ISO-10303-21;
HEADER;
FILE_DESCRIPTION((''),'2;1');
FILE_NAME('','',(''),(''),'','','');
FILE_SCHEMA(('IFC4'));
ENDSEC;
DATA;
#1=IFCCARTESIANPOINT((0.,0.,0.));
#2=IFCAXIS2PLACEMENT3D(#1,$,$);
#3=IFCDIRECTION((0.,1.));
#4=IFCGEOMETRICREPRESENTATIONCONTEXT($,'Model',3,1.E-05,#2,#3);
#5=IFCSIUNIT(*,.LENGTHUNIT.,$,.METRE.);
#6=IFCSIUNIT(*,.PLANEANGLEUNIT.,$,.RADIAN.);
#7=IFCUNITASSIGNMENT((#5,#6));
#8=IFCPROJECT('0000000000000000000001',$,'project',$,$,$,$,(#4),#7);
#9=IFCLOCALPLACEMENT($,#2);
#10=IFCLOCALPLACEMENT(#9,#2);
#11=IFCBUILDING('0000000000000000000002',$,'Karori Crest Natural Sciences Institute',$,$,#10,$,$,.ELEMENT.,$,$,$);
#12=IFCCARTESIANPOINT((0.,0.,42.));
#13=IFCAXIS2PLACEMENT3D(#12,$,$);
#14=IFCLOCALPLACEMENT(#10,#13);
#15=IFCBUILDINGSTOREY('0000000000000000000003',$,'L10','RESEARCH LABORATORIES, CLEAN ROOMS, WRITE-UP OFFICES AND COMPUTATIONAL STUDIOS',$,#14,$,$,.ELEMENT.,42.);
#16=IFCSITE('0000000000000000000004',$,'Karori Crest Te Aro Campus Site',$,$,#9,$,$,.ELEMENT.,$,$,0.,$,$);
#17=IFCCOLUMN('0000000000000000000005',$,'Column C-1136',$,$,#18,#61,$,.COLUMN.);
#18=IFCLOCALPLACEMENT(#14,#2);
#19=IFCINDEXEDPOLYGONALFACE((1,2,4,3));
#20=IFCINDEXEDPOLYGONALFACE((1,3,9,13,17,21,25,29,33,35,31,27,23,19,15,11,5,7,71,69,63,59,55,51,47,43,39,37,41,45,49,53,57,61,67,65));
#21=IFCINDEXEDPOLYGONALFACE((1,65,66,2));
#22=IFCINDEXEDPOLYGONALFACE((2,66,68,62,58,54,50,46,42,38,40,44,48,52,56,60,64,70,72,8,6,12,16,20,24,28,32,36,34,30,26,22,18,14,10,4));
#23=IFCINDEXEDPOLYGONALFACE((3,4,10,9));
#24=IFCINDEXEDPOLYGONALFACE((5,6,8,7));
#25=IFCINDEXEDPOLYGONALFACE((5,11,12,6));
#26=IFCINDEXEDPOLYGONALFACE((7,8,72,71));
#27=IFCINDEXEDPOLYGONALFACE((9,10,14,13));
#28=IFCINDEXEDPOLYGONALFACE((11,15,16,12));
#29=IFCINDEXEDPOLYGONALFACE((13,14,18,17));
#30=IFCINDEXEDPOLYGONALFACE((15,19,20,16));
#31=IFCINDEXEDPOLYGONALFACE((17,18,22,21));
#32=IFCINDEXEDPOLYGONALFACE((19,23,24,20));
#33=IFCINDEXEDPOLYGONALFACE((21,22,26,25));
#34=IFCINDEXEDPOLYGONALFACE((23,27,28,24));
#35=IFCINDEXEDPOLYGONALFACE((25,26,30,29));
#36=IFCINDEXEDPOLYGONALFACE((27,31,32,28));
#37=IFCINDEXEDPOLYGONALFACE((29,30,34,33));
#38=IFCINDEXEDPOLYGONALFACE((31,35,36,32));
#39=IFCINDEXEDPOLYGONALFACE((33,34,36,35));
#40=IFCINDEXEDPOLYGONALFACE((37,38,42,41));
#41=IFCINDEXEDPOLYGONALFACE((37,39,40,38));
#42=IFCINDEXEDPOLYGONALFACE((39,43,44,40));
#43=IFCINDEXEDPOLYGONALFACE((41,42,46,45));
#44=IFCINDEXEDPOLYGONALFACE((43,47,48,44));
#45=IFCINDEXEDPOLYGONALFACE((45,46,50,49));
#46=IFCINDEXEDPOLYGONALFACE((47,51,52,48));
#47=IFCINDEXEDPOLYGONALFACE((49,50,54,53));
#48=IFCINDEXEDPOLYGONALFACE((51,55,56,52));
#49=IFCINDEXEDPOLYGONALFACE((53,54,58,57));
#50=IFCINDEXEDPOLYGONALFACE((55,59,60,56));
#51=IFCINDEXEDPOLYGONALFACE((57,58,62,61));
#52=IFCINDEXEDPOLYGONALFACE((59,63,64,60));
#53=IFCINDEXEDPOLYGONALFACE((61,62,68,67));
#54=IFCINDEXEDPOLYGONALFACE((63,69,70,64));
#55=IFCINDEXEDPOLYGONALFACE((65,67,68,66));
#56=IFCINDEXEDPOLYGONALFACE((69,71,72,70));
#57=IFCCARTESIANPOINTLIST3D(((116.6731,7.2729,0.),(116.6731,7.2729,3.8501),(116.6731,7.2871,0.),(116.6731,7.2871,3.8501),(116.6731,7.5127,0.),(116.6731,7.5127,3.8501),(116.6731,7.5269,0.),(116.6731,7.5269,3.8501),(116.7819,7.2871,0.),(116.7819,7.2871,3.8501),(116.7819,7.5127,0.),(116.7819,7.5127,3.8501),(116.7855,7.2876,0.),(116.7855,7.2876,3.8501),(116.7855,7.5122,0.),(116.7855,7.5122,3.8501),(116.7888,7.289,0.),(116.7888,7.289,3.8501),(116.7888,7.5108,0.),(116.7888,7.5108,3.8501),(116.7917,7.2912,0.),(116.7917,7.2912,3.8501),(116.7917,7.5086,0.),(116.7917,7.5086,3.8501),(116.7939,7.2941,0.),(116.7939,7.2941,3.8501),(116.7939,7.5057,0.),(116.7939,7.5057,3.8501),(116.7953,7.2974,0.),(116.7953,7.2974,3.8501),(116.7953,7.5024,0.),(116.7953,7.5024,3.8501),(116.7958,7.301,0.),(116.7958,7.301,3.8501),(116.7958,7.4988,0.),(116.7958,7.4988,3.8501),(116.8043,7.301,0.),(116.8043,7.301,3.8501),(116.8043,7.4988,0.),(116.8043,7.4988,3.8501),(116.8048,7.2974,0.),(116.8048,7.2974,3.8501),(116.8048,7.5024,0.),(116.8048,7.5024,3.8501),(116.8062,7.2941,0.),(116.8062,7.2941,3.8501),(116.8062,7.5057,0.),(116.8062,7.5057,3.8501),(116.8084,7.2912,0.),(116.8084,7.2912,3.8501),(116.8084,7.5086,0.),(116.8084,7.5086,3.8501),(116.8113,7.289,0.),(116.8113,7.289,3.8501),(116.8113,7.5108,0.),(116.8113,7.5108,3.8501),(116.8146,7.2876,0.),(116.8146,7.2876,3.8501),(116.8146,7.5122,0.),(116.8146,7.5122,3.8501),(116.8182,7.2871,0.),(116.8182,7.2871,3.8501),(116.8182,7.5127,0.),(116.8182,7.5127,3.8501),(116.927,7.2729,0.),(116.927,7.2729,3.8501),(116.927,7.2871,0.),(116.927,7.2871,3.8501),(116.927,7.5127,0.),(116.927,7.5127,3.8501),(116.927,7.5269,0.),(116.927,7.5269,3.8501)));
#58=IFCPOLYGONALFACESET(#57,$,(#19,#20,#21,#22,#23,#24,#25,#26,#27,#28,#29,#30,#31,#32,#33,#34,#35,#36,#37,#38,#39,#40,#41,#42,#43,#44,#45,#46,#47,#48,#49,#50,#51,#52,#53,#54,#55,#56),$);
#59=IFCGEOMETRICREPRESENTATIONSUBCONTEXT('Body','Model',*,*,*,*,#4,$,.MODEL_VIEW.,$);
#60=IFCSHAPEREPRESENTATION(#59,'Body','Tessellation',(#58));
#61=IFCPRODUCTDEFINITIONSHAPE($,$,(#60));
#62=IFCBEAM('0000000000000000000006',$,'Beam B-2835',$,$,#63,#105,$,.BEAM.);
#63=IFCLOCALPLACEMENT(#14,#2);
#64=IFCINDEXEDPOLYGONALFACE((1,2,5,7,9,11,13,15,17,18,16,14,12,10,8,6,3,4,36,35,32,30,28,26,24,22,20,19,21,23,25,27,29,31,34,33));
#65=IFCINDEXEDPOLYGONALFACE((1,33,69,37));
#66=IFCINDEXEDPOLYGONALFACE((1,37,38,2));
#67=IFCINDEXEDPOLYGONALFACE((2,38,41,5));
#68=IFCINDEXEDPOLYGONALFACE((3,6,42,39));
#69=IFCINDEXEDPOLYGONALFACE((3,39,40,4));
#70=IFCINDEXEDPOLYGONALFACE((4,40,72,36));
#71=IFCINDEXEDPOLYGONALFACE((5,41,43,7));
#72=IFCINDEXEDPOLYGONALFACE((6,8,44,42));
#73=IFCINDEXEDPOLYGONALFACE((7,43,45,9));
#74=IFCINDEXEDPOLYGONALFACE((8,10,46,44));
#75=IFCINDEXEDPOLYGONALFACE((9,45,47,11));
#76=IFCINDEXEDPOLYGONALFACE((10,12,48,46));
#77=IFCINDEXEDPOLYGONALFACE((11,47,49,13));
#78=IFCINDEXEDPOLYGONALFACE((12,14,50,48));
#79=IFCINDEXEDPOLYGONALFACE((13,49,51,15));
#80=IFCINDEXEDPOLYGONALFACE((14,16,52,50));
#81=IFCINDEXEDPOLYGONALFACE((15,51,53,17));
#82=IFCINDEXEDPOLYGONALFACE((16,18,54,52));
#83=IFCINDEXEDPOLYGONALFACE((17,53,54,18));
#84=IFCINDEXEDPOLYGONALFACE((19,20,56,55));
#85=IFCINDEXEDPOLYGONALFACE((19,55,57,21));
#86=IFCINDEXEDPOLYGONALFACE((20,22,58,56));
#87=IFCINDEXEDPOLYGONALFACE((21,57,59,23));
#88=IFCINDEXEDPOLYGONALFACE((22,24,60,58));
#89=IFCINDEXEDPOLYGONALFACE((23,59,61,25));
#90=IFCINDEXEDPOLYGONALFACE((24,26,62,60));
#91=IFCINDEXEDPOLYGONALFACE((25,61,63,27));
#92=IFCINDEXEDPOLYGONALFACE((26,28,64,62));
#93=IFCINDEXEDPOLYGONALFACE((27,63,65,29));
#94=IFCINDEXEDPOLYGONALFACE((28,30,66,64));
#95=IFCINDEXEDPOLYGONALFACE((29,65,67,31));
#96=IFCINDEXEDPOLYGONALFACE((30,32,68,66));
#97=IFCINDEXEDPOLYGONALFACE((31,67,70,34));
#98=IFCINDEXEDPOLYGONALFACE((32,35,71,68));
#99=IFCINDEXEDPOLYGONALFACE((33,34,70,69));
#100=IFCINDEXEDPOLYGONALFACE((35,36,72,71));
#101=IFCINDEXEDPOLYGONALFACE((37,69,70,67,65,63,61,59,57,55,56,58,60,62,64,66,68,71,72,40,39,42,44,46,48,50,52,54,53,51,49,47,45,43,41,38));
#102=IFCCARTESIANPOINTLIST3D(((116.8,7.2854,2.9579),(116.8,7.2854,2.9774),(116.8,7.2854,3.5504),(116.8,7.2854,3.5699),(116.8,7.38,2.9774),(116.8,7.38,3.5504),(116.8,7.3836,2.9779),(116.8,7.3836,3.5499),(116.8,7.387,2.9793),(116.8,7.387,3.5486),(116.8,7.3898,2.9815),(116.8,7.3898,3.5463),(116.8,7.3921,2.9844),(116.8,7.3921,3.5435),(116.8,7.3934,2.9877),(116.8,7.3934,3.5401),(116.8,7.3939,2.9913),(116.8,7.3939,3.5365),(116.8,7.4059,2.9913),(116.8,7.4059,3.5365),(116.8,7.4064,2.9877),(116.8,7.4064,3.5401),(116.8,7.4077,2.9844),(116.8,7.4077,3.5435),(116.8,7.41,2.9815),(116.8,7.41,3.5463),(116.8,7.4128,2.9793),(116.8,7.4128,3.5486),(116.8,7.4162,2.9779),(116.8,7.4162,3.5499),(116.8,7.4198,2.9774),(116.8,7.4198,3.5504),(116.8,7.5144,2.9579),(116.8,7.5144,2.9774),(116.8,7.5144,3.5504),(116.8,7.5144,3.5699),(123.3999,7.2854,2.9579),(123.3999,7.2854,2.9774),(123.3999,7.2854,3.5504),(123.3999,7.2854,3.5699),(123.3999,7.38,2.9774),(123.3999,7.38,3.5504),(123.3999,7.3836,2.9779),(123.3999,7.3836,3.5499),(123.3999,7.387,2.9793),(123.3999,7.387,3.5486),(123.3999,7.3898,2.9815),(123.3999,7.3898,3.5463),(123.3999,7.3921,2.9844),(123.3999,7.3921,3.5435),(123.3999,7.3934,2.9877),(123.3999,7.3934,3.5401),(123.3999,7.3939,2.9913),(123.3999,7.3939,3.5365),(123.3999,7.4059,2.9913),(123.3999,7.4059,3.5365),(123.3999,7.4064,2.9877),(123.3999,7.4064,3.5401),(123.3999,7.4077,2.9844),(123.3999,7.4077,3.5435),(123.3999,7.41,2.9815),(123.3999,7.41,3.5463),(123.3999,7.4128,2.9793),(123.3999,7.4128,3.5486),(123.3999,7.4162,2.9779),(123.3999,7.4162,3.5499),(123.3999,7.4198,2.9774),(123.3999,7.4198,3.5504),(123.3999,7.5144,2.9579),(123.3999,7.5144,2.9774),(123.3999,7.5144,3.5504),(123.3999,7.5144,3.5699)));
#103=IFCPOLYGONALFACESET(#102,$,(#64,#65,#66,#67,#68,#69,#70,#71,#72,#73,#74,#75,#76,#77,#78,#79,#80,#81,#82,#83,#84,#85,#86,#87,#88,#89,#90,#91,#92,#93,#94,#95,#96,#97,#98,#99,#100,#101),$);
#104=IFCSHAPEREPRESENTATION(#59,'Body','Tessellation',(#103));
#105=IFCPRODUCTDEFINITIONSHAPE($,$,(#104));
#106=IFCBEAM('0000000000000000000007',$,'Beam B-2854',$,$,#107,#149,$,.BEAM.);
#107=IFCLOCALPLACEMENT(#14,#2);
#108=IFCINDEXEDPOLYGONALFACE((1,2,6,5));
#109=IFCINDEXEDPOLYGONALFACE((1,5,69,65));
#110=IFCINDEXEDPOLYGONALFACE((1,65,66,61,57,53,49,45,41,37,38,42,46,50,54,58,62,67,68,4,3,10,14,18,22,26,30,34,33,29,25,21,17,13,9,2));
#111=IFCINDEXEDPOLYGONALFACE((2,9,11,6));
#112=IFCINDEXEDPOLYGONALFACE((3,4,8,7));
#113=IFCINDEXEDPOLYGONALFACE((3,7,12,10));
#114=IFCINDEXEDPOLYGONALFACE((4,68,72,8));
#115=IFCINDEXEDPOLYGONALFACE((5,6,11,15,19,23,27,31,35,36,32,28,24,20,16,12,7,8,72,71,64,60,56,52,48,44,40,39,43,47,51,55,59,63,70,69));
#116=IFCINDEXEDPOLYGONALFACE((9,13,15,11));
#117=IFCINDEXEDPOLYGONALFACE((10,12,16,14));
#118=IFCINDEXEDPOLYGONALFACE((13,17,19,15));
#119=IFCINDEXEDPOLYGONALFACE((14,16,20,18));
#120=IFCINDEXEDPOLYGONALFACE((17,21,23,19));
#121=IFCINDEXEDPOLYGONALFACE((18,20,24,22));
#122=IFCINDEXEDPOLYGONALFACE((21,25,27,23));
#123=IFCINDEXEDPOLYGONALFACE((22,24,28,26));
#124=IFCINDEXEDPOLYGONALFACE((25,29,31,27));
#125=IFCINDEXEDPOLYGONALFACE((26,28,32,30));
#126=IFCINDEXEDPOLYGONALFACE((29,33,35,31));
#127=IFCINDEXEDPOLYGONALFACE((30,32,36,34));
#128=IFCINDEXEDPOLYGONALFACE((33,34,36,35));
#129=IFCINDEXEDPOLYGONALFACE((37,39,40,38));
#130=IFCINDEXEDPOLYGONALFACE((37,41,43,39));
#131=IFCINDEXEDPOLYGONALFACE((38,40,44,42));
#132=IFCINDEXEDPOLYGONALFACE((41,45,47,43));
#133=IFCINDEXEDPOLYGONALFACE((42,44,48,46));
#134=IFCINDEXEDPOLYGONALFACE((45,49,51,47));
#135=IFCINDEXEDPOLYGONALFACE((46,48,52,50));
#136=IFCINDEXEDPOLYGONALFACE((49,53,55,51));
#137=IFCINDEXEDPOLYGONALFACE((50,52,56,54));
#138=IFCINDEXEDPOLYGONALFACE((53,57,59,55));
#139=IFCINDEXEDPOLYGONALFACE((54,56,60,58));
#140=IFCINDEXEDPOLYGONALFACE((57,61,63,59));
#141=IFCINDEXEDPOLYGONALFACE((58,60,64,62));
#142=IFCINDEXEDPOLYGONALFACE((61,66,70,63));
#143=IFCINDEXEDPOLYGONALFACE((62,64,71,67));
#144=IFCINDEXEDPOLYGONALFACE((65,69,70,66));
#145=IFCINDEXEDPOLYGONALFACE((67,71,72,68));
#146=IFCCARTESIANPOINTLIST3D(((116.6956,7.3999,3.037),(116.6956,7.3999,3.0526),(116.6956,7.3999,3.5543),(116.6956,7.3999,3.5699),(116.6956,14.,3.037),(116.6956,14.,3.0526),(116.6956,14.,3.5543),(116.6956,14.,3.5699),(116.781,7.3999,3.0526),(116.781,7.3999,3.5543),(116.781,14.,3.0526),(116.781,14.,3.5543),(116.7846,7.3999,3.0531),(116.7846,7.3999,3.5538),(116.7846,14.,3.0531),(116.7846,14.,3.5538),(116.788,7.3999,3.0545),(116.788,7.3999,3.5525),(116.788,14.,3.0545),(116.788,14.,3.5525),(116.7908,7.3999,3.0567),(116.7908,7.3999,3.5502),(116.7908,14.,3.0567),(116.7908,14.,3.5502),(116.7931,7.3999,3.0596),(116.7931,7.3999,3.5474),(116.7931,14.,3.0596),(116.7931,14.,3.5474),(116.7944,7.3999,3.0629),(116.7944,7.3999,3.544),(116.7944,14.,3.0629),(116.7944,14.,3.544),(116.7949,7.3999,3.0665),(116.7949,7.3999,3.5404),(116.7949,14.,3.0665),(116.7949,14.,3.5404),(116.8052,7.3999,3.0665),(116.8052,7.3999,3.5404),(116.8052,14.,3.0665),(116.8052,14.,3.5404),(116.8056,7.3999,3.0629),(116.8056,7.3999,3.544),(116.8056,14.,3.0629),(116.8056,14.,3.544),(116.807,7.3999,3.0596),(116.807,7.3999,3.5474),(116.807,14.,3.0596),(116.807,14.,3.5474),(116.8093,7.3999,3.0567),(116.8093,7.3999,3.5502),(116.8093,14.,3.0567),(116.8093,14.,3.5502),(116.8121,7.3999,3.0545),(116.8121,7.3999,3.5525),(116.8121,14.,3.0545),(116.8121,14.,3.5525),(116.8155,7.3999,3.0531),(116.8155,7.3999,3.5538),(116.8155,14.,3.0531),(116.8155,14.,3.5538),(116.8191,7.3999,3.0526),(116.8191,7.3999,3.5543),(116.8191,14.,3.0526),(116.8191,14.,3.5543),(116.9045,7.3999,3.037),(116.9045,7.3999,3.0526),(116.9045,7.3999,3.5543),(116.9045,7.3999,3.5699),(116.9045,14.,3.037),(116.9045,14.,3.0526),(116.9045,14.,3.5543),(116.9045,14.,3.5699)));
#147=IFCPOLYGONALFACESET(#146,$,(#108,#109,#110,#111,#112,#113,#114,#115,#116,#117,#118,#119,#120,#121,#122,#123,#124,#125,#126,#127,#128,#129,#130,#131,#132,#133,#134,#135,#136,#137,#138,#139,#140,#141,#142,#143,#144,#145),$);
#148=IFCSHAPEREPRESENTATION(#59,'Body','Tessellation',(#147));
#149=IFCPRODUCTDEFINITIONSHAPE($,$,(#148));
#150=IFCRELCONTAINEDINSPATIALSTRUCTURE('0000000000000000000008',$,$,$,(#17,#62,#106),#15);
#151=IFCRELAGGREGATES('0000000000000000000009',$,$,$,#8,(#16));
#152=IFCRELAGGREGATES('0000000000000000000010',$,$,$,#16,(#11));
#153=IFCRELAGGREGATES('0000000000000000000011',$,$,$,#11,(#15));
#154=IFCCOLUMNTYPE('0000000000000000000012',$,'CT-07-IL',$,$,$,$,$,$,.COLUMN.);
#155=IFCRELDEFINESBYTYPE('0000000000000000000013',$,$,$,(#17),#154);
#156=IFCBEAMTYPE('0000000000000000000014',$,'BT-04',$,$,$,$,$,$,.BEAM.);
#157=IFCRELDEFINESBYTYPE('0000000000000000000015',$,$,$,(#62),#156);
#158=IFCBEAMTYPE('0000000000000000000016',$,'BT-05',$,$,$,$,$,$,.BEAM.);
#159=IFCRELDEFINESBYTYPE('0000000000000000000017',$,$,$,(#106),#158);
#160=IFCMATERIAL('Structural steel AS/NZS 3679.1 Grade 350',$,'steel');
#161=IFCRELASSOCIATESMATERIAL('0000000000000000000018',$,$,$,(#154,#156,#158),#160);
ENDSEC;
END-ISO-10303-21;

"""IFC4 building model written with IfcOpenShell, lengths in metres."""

from ifc_helpers import new_model, si_unit, direction, frame, origin, origin_2d, place, context, subcontext, project, spatial, i_section, extrude, material, material_profile, profile_set, type_object, element, save


model = new_model("IFC4")

# Units and contexts
model_context = context("Model", 3, precision=1e-05, world=origin(), true_north=direction((0.0, 1.0)))
body_context = subcontext(model_context, "Body", "Model", "MODEL_VIEW")
ifc_project = project(units=[si_unit("LENGTHUNIT", "METRE"), si_unit("PLANEANGLEUNIT", "RADIAN")], contexts=[model_context])

# Site, building, storey
site_placement = place(None, origin())
site = spatial("IfcSite", under=ifc_project, at=site_placement, Name="Karori Crest Te Aro Campus Site", CompositionType="ELEMENT", RefElevation=0.0)
building_placement = place(site_placement, origin())
building = spatial("IfcBuilding", under=site, at=building_placement, Name="Karori Crest Natural Sciences Institute", CompositionType="ELEMENT")
storey_placement = place(building_placement, frame((0.0, 0.0, 42.0)))
storey = spatial("IfcBuildingStorey", under=building, at=storey_placement, Name="L10", Description="RESEARCH LABORATORIES, CLEAN ROOMS, WRITE-UP OFFICES AND COMPUTATIONAL STUDIOS", CompositionType="ELEMENT", Elevation=42.0)

# Column
ifc_material_1 = material(Name="Structural steel AS/NZS 3679.1 Grade 350", Category="steel")
ifc_material_profile_1 = material_profile(ifc_material_1, i_section(OverallWidth=0.2539, OverallDepth=0.2539, WebThickness=0.0085, FlangeThickness=0.0142, FilletRadius=0.0139, at=origin_2d()), Name="250UC72.9")
ifc_profile_set_1 = profile_set([ifc_material_profile_1], Name="Structural steel AS/NZS 3679.1 Grade 350")
column_type = type_object("IfcColumnType", Name="CT-07-IL", PredefinedType="COLUMN", material=ifc_profile_set_1)
column_placement = place(storey_placement, frame((116.8, 7.3999, 0.0), z_axis=(0.0, 0.0, 1.0), x_axis=(1.0, 0.0, 0.0)))
element("IfcColumn", 1, at=column_placement, inside=storey, type_object=column_type, Name="Column C-1136", PredefinedType="COLUMN", context=body_context, shape_type="SweptSolid", body=[
    extrude(i_section(OverallWidth=0.2539, OverallDepth=0.2539, WebThickness=0.0085, FlangeThickness=0.0142, FilletRadius=0.0139, at=origin_2d()), origin(), (0.0, 0.0, 1.0), 3.8501),
])

# Beams
ifc_material_profile_2 = material_profile(ifc_material_1, i_section(OverallWidth=0.229, OverallDepth=0.6121, WebThickness=0.012, FlangeThickness=0.0195, FilletRadius=0.0139, at=origin_2d()), Name="610UB125")
ifc_profile_set_2 = profile_set([ifc_material_profile_2], Name="Structural steel AS/NZS 3679.1 Grade 350")
beam_type_1 = type_object("IfcBeamType", Name="BT-04", PredefinedType="BEAM", material=ifc_profile_set_2)
beam_1_placement = place(storey_placement, frame((116.8, 7.3999, 3.2639), z_axis=(1.0, 0.0, 0.0), x_axis=(0.0, 1.0, 0.0)))
element("IfcBeam", 2, at=beam_1_placement, inside=storey, type_object=beam_type_1, Name="Beam B-2835", PredefinedType="BEAM", context=body_context, shape_type="SweptSolid", body=[
    extrude(i_section(OverallWidth=0.229, OverallDepth=0.6121, WebThickness=0.012, FlangeThickness=0.0195, FilletRadius=0.0139, at=origin_2d()), origin(), (0.0, 0.0, 1.0), 6.5999),
])
ifc_material_profile_3 = material_profile(ifc_material_1, i_section(OverallWidth=0.209, OverallDepth=0.533, WebThickness=0.0103, FlangeThickness=0.0156, FilletRadius=0.0139, at=origin_2d()), Name="530UB92.4")
ifc_profile_set_3 = profile_set([ifc_material_profile_3], Name="Structural steel AS/NZS 3679.1 Grade 350")
beam_type_2 = type_object("IfcBeamType", Name="BT-05", PredefinedType="BEAM", material=ifc_profile_set_3)
beam_2_placement = place(storey_placement, frame((116.8, 7.3999, 3.3035), z_axis=(0.0, 1.0, 0.0), x_axis=(-1.0, 0.0, 0.0)))
element("IfcBeam", 3, at=beam_2_placement, inside=storey, type_object=beam_type_2, Name="Beam B-2854", PredefinedType="BEAM", context=body_context, shape_type="SweptSolid", body=[
    extrude(i_section(OverallWidth=0.209, OverallDepth=0.533, WebThickness=0.0103, FlangeThickness=0.0156, FilletRadius=0.0139, at=origin_2d()), origin(), (0.0, 0.0, 1.0), 6.6001),
])

save(model, "model.ifc")
